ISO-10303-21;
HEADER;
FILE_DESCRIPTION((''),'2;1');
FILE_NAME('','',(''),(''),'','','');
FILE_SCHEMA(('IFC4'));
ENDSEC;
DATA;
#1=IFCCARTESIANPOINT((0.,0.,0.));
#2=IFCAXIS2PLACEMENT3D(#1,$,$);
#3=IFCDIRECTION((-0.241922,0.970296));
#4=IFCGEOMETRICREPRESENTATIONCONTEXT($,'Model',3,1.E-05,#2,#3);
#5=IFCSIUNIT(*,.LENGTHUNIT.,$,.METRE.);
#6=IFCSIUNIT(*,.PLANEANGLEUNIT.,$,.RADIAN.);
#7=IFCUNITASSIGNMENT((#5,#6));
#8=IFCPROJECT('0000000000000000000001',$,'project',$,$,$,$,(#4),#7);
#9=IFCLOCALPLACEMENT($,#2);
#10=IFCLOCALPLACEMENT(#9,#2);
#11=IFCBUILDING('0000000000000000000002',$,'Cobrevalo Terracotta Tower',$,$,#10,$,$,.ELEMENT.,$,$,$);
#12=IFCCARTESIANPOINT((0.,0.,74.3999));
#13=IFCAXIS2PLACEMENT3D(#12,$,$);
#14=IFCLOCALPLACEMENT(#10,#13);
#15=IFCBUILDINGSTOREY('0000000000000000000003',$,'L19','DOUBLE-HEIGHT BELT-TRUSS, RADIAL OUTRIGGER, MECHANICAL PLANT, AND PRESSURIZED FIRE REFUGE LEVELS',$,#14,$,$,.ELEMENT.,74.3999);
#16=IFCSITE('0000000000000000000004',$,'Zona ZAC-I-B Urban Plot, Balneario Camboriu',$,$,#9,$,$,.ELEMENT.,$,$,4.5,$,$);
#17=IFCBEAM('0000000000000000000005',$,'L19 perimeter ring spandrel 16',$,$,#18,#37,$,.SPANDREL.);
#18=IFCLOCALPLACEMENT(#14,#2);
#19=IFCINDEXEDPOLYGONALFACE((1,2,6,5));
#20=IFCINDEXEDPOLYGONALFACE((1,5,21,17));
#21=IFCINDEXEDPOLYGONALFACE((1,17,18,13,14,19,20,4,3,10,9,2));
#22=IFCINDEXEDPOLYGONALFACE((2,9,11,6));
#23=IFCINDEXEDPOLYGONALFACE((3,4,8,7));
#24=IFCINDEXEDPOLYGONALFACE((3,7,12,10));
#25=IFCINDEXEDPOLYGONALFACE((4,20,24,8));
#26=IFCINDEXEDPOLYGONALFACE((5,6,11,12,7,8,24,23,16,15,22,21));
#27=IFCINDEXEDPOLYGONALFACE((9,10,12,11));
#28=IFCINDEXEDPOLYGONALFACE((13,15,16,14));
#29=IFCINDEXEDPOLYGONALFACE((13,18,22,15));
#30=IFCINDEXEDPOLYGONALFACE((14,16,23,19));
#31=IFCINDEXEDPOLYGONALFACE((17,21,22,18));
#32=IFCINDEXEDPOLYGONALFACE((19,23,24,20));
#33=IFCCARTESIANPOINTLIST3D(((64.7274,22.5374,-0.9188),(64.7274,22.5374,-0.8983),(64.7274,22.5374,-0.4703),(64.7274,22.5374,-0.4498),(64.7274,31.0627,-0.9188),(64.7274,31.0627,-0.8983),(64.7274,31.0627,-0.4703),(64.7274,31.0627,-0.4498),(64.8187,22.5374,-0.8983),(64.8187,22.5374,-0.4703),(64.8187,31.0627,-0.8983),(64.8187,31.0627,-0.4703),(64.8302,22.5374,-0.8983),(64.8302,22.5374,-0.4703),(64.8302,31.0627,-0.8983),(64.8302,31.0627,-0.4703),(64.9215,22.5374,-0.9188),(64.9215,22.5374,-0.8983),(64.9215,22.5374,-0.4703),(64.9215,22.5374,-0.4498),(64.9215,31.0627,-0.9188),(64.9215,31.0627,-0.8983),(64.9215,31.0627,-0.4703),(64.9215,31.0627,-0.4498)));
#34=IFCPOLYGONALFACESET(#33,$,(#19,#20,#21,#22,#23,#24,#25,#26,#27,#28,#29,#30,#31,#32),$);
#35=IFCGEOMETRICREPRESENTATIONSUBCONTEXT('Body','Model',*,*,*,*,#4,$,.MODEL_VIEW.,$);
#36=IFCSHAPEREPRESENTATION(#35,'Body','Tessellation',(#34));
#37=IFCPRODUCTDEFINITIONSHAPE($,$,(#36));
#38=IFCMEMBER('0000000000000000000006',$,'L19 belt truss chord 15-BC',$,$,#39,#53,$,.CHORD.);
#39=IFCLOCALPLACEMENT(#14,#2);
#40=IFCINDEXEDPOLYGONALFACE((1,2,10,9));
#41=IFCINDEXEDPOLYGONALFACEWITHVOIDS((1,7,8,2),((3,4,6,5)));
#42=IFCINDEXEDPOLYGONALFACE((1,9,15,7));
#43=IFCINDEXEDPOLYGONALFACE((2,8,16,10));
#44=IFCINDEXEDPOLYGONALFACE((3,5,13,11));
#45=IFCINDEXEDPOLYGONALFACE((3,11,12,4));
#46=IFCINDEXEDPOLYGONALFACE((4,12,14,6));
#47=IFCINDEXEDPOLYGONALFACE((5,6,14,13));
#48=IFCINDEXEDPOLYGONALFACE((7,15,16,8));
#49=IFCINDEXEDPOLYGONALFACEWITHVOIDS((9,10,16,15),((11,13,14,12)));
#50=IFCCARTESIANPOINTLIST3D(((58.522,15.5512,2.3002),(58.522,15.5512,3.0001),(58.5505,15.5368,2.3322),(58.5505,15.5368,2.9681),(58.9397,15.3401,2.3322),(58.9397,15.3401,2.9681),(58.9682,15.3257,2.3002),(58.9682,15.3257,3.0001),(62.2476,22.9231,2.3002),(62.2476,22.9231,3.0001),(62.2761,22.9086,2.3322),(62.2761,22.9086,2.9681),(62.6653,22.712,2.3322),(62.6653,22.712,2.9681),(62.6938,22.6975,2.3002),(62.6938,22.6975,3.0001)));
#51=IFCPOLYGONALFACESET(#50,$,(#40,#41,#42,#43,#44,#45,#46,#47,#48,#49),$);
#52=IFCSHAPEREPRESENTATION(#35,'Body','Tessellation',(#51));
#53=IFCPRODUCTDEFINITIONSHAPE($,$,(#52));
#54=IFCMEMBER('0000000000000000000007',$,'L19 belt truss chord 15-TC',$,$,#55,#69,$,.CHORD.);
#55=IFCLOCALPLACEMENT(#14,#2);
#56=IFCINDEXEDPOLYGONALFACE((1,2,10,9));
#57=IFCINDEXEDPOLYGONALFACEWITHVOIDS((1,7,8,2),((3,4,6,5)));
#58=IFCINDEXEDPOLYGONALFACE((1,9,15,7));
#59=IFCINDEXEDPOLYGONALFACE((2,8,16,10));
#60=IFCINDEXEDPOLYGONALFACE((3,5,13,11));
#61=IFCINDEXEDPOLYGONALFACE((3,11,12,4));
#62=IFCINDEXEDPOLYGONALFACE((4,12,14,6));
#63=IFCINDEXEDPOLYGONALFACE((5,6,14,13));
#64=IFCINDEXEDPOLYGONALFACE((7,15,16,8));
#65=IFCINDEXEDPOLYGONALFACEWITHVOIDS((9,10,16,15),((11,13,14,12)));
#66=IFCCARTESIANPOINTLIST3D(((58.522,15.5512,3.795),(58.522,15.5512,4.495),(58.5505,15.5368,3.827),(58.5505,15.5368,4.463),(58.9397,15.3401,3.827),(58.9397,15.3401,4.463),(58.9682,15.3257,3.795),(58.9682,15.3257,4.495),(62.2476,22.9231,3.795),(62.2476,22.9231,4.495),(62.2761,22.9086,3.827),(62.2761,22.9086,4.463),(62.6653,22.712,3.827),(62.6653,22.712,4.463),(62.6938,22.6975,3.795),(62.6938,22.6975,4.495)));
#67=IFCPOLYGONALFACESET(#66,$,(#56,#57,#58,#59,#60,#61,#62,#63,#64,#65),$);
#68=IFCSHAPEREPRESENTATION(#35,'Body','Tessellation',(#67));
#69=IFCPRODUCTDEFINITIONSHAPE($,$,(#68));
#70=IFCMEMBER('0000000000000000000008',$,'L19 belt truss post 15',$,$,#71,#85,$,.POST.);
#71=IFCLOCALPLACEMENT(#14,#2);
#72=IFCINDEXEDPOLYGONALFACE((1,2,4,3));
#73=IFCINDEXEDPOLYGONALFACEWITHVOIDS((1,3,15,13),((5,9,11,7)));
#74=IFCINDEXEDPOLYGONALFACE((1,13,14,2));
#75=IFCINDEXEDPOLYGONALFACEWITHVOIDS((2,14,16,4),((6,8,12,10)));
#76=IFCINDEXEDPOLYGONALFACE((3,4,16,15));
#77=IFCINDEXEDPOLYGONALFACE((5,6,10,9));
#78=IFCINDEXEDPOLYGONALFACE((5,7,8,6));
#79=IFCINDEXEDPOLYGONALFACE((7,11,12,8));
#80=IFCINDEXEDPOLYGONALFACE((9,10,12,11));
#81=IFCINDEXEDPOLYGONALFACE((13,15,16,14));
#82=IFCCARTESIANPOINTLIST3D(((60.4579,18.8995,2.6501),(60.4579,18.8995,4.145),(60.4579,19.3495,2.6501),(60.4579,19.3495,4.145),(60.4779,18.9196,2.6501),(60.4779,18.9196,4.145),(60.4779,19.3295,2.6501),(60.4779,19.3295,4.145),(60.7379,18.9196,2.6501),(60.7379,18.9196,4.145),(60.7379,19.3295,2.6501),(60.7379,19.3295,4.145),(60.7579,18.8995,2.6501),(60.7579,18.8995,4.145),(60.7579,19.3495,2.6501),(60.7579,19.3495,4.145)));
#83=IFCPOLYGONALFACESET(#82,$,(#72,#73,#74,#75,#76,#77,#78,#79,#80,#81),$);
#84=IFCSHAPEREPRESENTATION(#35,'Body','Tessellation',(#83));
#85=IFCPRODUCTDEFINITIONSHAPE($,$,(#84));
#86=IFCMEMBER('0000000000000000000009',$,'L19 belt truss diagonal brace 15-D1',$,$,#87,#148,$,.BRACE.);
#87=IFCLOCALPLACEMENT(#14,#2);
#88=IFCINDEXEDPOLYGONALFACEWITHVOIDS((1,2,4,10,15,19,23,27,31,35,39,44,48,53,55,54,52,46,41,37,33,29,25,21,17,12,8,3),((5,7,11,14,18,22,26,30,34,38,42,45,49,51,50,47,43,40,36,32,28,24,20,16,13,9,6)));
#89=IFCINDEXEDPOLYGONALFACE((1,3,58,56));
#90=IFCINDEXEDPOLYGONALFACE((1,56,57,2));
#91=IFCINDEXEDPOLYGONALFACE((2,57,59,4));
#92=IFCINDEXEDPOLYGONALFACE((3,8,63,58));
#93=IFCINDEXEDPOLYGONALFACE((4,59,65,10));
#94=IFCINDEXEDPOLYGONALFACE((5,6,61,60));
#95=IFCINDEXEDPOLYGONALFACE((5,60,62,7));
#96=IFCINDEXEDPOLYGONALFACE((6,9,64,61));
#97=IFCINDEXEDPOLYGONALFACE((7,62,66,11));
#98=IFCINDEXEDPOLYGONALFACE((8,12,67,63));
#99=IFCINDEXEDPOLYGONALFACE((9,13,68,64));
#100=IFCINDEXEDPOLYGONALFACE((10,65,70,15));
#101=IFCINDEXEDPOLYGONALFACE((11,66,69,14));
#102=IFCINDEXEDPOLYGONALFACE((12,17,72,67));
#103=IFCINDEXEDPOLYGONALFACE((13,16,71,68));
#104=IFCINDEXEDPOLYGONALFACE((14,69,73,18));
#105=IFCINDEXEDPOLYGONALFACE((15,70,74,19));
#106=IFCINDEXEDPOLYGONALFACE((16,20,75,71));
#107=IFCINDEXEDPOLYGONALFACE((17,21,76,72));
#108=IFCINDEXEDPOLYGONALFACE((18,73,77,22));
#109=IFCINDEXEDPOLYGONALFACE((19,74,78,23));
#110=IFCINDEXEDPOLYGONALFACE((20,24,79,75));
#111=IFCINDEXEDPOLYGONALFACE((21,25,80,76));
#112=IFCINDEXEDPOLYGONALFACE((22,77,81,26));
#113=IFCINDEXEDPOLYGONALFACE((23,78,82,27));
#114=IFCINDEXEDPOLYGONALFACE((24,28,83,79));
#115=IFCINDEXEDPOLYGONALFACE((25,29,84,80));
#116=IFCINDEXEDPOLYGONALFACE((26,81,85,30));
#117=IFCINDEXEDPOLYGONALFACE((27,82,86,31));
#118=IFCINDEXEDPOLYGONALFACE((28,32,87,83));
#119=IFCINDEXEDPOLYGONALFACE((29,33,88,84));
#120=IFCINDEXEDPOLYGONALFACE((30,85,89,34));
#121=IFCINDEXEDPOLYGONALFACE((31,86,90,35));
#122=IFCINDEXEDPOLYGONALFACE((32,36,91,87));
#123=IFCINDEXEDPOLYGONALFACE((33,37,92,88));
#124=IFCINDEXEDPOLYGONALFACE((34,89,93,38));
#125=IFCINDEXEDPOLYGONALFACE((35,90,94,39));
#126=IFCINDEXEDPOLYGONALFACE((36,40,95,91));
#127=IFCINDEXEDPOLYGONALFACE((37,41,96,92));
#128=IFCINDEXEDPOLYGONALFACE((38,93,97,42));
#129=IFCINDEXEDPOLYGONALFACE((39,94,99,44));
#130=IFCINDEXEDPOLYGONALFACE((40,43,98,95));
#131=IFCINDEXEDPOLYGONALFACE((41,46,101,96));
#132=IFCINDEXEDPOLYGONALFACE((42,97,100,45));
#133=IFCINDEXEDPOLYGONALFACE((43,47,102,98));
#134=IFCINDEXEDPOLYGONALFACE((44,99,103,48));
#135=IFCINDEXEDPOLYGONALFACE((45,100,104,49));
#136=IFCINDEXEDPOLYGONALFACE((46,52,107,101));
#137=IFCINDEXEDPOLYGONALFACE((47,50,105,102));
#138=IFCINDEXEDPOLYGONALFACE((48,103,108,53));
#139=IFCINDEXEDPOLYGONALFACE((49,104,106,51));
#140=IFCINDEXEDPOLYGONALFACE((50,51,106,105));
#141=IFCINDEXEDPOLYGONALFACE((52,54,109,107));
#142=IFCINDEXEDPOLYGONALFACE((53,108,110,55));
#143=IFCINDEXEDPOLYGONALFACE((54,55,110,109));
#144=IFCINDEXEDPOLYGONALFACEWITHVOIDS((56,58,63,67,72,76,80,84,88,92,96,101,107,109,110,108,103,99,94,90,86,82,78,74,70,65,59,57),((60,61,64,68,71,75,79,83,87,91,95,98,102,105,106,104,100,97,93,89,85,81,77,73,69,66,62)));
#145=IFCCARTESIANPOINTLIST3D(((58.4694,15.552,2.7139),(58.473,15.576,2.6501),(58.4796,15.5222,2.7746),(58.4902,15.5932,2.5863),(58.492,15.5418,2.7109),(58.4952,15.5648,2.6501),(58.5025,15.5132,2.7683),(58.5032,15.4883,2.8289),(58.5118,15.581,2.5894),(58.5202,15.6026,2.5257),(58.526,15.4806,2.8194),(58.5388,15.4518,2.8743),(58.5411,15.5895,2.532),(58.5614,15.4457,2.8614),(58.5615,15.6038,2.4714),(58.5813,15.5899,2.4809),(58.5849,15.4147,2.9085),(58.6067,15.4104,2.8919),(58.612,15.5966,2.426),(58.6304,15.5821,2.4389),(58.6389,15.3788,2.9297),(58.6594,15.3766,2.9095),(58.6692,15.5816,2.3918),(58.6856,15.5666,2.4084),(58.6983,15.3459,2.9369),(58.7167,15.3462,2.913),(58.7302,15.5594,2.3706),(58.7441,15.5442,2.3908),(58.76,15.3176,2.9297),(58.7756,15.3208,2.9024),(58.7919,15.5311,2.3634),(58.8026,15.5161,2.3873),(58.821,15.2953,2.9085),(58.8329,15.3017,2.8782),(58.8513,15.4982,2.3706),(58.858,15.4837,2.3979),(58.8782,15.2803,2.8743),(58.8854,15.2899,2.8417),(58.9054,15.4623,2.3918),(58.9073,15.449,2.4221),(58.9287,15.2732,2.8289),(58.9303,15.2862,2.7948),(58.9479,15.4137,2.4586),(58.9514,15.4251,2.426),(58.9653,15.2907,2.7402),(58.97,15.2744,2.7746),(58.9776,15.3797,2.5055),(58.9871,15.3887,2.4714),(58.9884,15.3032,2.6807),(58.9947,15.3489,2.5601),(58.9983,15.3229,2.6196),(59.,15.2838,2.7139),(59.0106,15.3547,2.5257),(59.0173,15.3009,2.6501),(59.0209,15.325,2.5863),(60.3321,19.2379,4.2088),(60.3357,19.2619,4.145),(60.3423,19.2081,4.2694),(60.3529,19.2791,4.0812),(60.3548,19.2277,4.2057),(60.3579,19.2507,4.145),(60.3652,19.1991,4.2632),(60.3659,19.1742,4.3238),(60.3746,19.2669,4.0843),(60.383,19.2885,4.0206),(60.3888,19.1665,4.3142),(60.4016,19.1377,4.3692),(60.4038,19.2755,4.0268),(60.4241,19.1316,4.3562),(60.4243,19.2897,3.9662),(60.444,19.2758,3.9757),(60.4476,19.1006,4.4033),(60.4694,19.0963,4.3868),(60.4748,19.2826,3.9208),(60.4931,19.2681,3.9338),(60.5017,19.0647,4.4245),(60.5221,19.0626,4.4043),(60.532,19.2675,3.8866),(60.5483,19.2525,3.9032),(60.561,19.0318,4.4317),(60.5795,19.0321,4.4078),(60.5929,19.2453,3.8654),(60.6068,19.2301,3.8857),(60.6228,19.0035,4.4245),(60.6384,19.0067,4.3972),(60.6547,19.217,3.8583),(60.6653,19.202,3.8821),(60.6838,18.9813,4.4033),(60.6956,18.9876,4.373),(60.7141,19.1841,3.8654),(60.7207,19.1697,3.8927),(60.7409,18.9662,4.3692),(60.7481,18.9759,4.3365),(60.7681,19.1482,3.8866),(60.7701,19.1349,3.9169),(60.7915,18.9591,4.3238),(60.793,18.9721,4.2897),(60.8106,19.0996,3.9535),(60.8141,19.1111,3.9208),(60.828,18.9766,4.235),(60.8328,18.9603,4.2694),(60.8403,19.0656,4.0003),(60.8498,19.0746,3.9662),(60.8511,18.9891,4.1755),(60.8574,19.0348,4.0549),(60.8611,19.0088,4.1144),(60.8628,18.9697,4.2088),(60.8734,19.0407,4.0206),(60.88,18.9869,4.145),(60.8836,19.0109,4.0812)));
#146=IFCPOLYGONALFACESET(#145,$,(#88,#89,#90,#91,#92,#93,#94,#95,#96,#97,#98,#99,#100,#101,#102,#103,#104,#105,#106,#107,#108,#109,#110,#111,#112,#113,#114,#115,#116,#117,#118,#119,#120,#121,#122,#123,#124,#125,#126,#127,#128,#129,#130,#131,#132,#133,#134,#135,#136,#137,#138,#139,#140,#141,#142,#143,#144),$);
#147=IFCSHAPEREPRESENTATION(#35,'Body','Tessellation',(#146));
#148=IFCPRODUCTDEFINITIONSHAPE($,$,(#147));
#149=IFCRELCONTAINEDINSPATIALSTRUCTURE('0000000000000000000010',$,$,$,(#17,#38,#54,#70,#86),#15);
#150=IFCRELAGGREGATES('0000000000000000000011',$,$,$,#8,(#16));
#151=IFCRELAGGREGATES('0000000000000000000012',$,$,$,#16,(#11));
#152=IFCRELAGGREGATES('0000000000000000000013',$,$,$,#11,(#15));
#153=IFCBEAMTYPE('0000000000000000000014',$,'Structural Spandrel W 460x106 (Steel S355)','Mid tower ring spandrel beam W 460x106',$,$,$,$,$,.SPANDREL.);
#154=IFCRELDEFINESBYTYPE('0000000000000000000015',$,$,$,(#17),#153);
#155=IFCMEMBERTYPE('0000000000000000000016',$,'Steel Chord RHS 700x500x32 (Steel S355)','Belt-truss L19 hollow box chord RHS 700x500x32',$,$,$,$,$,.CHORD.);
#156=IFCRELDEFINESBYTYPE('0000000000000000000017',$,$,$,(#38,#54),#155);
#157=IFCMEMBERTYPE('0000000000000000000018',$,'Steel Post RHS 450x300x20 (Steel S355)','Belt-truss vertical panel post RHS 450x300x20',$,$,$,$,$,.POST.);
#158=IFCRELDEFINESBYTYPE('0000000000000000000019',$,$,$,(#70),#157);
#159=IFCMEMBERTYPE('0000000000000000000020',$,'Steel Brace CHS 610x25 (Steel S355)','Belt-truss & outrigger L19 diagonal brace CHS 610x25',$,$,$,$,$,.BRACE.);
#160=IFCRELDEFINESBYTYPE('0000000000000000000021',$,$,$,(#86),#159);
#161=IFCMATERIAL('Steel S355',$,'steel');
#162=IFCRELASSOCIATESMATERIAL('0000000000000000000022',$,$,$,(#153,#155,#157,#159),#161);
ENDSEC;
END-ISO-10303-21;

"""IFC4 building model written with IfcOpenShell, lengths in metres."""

from ifc_helpers import new_model, si_unit, direction, frame, origin, origin_2d, place, context, subcontext, project, spatial, hollow_rectangle, hollow_circle, i_section, extrude, source, transform, mapped, material, material_profile, profile_set, type_object, element, save


model = new_model("IFC4")

# Units and contexts
model_context = context("Model", 3, precision=1e-05, world=origin(), true_north=direction((-0.241922, 0.970296)))
body_context = subcontext(model_context, "Body", "Model", "MODEL_VIEW")
ifc_project = project(units=[si_unit("LENGTHUNIT", "METRE"), si_unit("PLANEANGLEUNIT", "RADIAN")], contexts=[model_context])

# Site, building, storey
site_placement = place(None, origin())
site = spatial("IfcSite", under=ifc_project, at=site_placement, Name="Zona ZAC-I-B Urban Plot, Balneario Camboriu", CompositionType="ELEMENT", RefElevation=4.5)
building_placement = place(site_placement, origin())
building = spatial("IfcBuilding", under=site, at=building_placement, Name="Cobrevalo Terracotta Tower", CompositionType="ELEMENT")
storey_placement = place(building_placement, frame((0.0, 0.0, 74.3999)))
storey = spatial("IfcBuildingStorey", under=building, at=storey_placement, Name="L19", Description="DOUBLE-HEIGHT BELT-TRUSS, RADIAL OUTRIGGER, MECHANICAL PLANT, AND PRESSURIZED FIRE REFUGE LEVELS", CompositionType="ELEMENT", Elevation=74.3999)

# Shared definitions
ifc_material_1 = material(Name="Steel S355", Category="steel")

# Beam
ifc_material_profile_1 = material_profile(ifc_material_1, i_section(OverallWidth=0.1941, OverallDepth=0.469, WebThickness=0.0115, FlangeThickness=0.0205, at=origin_2d()), Name="W 460x106")
ifc_profile_set_1 = profile_set([ifc_material_profile_1], Name="Steel S355")
beam_type_1 = type_object("IfcBeamType", Name="Structural Spandrel W 460x106 (Steel S355)", Description="Mid tower ring spandrel beam W 460x106", PredefinedType="SPANDREL", material=ifc_profile_set_1)
beam_1_placement = place(storey_placement, frame((64.8245, 22.5374, -0.6843), z_axis=(0.0, 1.0, 0.0), x_axis=(-1.0, 0.0, 0.0)))
element("IfcBeam", 1, at=beam_1_placement, inside=storey, type_object=beam_type_1, Name="L19 perimeter ring spandrel 16", PredefinedType="SPANDREL", context=body_context, shape_type="SweptSolid", body=[
    extrude(i_section(OverallWidth=0.1941, OverallDepth=0.469, WebThickness=0.0115, FlangeThickness=0.0205, at=origin_2d()), origin(), (0.0, 0.0, 1.0), 8.5254),
])

# Members
ifc_material_profile_2 = material_profile(ifc_material_1, hollow_rectangle(XDim=0.5, YDim=0.7, WallThickness=0.032, at=origin_2d()), Name="RHS 700x500x32")
ifc_profile_set_2 = profile_set([ifc_material_profile_2], Name="Steel S355")
member_type_1 = type_object("IfcMemberType", Name="Steel Chord RHS 700x500x32 (Steel S355)", Description="Belt-truss L19 hollow box chord RHS 700x500x32", PredefinedType="CHORD", material=ifc_profile_set_2)
shared_shape_1 = source(origin(), body_context, "Body", "SweptSolid", [
    extrude(hollow_rectangle(XDim=0.5, YDim=0.7, WallThickness=0.032, at=origin_2d()), origin(), (0.0, 0.0, 1.0), 8.2598),
])
for number, where, z_axis, x_axis, name in (
    (2, (58.7451, 15.4385, 2.6501), (0.451052, 0.892498, 0.0), (-0.892498, 0.451052, 0.0), "L19 belt truss chord 15-BC"),
    (3, (58.7451, 15.4385, 4.145), (0.451052, 0.892498, 0.0), (-0.892498, 0.451052, 0.0), "L19 belt truss chord 15-TC"),
):
    element("IfcMember", number, at=place(storey_placement, frame(where, z_axis=z_axis, x_axis=x_axis)), inside=storey, type_object=member_type_1, Name=name, PredefinedType="CHORD", context=body_context, shape_type="MappedRepresentation", body=[
        mapped(shared_shape_1, transform((0.0, 0.0, 0.0), scale=1.0)),
    ])
ifc_material_profile_3 = material_profile(ifc_material_1, hollow_rectangle(XDim=0.3, YDim=0.45, WallThickness=0.02, at=origin_2d()), Name="RHS 450x300x20")
ifc_profile_set_3 = profile_set([ifc_material_profile_3], Name="Steel S355")
member_type_2 = type_object("IfcMemberType", Name="Steel Post RHS 450x300x20 (Steel S355)", Description="Belt-truss vertical panel post RHS 450x300x20", PredefinedType="POST", material=ifc_profile_set_3)
shared_shape_2 = source(origin(), body_context, "Body", "SweptSolid", [
    extrude(hollow_rectangle(XDim=0.3, YDim=0.45, WallThickness=0.02, at=origin_2d()), origin(), (0.0, 0.0, 1.0), 1.4949),
])
member_1_placement = place(storey_placement, frame((60.6079, 19.1245, 2.6501), z_axis=(0.0, 0.0, 1.0), x_axis=(1.0, 0.0, 0.0)))
element("IfcMember", 4, at=member_1_placement, inside=storey, type_object=member_type_2, Name="L19 belt truss post 15", PredefinedType="POST", context=body_context, shape_type="MappedRepresentation", body=[
    mapped(shared_shape_2, transform((0.0, 0.0, 0.0), scale=1.0)),
])
ifc_material_profile_4 = material_profile(ifc_material_1, hollow_circle(Radius=0.3049, WallThickness=0.0249, at=origin_2d()), Name="CHS 610x25")
ifc_profile_set_4 = profile_set([ifc_material_profile_4], Name="Steel S355")
member_type_3 = type_object("IfcMemberType", Name="Steel Brace CHS 610x25 (Steel S355)", Description="Belt-truss & outrigger L19 diagonal brace CHS 610x25", PredefinedType="BRACE", material=ifc_profile_set_4)
shared_shape_3 = source(origin(), body_context, "Body", "SweptSolid", [
    extrude(hollow_circle(Radius=0.3049, WallThickness=0.0249, at=origin_2d()), origin(), (0.0, 0.0, 1.0), 4.3921),
])
for number, where, z_axis, x_axis, name in (
    (5, (58.7451, 15.4385, 2.6501), (0.424113, 0.839221, 0.340347), (-0.892504, 0.45104, 0.0), "L19 belt truss diagonal brace 15-D1"),
):
    element("IfcMember", number, at=place(storey_placement, frame(where, z_axis=z_axis, x_axis=x_axis)), inside=storey, type_object=member_type_3, Name=name, PredefinedType="BRACE", context=body_context, shape_type="MappedRepresentation", body=[
        mapped(shared_shape_3, transform((0.0, 0.0, 0.0), scale=1.0)),
    ])

save(model, "model.ifc")
